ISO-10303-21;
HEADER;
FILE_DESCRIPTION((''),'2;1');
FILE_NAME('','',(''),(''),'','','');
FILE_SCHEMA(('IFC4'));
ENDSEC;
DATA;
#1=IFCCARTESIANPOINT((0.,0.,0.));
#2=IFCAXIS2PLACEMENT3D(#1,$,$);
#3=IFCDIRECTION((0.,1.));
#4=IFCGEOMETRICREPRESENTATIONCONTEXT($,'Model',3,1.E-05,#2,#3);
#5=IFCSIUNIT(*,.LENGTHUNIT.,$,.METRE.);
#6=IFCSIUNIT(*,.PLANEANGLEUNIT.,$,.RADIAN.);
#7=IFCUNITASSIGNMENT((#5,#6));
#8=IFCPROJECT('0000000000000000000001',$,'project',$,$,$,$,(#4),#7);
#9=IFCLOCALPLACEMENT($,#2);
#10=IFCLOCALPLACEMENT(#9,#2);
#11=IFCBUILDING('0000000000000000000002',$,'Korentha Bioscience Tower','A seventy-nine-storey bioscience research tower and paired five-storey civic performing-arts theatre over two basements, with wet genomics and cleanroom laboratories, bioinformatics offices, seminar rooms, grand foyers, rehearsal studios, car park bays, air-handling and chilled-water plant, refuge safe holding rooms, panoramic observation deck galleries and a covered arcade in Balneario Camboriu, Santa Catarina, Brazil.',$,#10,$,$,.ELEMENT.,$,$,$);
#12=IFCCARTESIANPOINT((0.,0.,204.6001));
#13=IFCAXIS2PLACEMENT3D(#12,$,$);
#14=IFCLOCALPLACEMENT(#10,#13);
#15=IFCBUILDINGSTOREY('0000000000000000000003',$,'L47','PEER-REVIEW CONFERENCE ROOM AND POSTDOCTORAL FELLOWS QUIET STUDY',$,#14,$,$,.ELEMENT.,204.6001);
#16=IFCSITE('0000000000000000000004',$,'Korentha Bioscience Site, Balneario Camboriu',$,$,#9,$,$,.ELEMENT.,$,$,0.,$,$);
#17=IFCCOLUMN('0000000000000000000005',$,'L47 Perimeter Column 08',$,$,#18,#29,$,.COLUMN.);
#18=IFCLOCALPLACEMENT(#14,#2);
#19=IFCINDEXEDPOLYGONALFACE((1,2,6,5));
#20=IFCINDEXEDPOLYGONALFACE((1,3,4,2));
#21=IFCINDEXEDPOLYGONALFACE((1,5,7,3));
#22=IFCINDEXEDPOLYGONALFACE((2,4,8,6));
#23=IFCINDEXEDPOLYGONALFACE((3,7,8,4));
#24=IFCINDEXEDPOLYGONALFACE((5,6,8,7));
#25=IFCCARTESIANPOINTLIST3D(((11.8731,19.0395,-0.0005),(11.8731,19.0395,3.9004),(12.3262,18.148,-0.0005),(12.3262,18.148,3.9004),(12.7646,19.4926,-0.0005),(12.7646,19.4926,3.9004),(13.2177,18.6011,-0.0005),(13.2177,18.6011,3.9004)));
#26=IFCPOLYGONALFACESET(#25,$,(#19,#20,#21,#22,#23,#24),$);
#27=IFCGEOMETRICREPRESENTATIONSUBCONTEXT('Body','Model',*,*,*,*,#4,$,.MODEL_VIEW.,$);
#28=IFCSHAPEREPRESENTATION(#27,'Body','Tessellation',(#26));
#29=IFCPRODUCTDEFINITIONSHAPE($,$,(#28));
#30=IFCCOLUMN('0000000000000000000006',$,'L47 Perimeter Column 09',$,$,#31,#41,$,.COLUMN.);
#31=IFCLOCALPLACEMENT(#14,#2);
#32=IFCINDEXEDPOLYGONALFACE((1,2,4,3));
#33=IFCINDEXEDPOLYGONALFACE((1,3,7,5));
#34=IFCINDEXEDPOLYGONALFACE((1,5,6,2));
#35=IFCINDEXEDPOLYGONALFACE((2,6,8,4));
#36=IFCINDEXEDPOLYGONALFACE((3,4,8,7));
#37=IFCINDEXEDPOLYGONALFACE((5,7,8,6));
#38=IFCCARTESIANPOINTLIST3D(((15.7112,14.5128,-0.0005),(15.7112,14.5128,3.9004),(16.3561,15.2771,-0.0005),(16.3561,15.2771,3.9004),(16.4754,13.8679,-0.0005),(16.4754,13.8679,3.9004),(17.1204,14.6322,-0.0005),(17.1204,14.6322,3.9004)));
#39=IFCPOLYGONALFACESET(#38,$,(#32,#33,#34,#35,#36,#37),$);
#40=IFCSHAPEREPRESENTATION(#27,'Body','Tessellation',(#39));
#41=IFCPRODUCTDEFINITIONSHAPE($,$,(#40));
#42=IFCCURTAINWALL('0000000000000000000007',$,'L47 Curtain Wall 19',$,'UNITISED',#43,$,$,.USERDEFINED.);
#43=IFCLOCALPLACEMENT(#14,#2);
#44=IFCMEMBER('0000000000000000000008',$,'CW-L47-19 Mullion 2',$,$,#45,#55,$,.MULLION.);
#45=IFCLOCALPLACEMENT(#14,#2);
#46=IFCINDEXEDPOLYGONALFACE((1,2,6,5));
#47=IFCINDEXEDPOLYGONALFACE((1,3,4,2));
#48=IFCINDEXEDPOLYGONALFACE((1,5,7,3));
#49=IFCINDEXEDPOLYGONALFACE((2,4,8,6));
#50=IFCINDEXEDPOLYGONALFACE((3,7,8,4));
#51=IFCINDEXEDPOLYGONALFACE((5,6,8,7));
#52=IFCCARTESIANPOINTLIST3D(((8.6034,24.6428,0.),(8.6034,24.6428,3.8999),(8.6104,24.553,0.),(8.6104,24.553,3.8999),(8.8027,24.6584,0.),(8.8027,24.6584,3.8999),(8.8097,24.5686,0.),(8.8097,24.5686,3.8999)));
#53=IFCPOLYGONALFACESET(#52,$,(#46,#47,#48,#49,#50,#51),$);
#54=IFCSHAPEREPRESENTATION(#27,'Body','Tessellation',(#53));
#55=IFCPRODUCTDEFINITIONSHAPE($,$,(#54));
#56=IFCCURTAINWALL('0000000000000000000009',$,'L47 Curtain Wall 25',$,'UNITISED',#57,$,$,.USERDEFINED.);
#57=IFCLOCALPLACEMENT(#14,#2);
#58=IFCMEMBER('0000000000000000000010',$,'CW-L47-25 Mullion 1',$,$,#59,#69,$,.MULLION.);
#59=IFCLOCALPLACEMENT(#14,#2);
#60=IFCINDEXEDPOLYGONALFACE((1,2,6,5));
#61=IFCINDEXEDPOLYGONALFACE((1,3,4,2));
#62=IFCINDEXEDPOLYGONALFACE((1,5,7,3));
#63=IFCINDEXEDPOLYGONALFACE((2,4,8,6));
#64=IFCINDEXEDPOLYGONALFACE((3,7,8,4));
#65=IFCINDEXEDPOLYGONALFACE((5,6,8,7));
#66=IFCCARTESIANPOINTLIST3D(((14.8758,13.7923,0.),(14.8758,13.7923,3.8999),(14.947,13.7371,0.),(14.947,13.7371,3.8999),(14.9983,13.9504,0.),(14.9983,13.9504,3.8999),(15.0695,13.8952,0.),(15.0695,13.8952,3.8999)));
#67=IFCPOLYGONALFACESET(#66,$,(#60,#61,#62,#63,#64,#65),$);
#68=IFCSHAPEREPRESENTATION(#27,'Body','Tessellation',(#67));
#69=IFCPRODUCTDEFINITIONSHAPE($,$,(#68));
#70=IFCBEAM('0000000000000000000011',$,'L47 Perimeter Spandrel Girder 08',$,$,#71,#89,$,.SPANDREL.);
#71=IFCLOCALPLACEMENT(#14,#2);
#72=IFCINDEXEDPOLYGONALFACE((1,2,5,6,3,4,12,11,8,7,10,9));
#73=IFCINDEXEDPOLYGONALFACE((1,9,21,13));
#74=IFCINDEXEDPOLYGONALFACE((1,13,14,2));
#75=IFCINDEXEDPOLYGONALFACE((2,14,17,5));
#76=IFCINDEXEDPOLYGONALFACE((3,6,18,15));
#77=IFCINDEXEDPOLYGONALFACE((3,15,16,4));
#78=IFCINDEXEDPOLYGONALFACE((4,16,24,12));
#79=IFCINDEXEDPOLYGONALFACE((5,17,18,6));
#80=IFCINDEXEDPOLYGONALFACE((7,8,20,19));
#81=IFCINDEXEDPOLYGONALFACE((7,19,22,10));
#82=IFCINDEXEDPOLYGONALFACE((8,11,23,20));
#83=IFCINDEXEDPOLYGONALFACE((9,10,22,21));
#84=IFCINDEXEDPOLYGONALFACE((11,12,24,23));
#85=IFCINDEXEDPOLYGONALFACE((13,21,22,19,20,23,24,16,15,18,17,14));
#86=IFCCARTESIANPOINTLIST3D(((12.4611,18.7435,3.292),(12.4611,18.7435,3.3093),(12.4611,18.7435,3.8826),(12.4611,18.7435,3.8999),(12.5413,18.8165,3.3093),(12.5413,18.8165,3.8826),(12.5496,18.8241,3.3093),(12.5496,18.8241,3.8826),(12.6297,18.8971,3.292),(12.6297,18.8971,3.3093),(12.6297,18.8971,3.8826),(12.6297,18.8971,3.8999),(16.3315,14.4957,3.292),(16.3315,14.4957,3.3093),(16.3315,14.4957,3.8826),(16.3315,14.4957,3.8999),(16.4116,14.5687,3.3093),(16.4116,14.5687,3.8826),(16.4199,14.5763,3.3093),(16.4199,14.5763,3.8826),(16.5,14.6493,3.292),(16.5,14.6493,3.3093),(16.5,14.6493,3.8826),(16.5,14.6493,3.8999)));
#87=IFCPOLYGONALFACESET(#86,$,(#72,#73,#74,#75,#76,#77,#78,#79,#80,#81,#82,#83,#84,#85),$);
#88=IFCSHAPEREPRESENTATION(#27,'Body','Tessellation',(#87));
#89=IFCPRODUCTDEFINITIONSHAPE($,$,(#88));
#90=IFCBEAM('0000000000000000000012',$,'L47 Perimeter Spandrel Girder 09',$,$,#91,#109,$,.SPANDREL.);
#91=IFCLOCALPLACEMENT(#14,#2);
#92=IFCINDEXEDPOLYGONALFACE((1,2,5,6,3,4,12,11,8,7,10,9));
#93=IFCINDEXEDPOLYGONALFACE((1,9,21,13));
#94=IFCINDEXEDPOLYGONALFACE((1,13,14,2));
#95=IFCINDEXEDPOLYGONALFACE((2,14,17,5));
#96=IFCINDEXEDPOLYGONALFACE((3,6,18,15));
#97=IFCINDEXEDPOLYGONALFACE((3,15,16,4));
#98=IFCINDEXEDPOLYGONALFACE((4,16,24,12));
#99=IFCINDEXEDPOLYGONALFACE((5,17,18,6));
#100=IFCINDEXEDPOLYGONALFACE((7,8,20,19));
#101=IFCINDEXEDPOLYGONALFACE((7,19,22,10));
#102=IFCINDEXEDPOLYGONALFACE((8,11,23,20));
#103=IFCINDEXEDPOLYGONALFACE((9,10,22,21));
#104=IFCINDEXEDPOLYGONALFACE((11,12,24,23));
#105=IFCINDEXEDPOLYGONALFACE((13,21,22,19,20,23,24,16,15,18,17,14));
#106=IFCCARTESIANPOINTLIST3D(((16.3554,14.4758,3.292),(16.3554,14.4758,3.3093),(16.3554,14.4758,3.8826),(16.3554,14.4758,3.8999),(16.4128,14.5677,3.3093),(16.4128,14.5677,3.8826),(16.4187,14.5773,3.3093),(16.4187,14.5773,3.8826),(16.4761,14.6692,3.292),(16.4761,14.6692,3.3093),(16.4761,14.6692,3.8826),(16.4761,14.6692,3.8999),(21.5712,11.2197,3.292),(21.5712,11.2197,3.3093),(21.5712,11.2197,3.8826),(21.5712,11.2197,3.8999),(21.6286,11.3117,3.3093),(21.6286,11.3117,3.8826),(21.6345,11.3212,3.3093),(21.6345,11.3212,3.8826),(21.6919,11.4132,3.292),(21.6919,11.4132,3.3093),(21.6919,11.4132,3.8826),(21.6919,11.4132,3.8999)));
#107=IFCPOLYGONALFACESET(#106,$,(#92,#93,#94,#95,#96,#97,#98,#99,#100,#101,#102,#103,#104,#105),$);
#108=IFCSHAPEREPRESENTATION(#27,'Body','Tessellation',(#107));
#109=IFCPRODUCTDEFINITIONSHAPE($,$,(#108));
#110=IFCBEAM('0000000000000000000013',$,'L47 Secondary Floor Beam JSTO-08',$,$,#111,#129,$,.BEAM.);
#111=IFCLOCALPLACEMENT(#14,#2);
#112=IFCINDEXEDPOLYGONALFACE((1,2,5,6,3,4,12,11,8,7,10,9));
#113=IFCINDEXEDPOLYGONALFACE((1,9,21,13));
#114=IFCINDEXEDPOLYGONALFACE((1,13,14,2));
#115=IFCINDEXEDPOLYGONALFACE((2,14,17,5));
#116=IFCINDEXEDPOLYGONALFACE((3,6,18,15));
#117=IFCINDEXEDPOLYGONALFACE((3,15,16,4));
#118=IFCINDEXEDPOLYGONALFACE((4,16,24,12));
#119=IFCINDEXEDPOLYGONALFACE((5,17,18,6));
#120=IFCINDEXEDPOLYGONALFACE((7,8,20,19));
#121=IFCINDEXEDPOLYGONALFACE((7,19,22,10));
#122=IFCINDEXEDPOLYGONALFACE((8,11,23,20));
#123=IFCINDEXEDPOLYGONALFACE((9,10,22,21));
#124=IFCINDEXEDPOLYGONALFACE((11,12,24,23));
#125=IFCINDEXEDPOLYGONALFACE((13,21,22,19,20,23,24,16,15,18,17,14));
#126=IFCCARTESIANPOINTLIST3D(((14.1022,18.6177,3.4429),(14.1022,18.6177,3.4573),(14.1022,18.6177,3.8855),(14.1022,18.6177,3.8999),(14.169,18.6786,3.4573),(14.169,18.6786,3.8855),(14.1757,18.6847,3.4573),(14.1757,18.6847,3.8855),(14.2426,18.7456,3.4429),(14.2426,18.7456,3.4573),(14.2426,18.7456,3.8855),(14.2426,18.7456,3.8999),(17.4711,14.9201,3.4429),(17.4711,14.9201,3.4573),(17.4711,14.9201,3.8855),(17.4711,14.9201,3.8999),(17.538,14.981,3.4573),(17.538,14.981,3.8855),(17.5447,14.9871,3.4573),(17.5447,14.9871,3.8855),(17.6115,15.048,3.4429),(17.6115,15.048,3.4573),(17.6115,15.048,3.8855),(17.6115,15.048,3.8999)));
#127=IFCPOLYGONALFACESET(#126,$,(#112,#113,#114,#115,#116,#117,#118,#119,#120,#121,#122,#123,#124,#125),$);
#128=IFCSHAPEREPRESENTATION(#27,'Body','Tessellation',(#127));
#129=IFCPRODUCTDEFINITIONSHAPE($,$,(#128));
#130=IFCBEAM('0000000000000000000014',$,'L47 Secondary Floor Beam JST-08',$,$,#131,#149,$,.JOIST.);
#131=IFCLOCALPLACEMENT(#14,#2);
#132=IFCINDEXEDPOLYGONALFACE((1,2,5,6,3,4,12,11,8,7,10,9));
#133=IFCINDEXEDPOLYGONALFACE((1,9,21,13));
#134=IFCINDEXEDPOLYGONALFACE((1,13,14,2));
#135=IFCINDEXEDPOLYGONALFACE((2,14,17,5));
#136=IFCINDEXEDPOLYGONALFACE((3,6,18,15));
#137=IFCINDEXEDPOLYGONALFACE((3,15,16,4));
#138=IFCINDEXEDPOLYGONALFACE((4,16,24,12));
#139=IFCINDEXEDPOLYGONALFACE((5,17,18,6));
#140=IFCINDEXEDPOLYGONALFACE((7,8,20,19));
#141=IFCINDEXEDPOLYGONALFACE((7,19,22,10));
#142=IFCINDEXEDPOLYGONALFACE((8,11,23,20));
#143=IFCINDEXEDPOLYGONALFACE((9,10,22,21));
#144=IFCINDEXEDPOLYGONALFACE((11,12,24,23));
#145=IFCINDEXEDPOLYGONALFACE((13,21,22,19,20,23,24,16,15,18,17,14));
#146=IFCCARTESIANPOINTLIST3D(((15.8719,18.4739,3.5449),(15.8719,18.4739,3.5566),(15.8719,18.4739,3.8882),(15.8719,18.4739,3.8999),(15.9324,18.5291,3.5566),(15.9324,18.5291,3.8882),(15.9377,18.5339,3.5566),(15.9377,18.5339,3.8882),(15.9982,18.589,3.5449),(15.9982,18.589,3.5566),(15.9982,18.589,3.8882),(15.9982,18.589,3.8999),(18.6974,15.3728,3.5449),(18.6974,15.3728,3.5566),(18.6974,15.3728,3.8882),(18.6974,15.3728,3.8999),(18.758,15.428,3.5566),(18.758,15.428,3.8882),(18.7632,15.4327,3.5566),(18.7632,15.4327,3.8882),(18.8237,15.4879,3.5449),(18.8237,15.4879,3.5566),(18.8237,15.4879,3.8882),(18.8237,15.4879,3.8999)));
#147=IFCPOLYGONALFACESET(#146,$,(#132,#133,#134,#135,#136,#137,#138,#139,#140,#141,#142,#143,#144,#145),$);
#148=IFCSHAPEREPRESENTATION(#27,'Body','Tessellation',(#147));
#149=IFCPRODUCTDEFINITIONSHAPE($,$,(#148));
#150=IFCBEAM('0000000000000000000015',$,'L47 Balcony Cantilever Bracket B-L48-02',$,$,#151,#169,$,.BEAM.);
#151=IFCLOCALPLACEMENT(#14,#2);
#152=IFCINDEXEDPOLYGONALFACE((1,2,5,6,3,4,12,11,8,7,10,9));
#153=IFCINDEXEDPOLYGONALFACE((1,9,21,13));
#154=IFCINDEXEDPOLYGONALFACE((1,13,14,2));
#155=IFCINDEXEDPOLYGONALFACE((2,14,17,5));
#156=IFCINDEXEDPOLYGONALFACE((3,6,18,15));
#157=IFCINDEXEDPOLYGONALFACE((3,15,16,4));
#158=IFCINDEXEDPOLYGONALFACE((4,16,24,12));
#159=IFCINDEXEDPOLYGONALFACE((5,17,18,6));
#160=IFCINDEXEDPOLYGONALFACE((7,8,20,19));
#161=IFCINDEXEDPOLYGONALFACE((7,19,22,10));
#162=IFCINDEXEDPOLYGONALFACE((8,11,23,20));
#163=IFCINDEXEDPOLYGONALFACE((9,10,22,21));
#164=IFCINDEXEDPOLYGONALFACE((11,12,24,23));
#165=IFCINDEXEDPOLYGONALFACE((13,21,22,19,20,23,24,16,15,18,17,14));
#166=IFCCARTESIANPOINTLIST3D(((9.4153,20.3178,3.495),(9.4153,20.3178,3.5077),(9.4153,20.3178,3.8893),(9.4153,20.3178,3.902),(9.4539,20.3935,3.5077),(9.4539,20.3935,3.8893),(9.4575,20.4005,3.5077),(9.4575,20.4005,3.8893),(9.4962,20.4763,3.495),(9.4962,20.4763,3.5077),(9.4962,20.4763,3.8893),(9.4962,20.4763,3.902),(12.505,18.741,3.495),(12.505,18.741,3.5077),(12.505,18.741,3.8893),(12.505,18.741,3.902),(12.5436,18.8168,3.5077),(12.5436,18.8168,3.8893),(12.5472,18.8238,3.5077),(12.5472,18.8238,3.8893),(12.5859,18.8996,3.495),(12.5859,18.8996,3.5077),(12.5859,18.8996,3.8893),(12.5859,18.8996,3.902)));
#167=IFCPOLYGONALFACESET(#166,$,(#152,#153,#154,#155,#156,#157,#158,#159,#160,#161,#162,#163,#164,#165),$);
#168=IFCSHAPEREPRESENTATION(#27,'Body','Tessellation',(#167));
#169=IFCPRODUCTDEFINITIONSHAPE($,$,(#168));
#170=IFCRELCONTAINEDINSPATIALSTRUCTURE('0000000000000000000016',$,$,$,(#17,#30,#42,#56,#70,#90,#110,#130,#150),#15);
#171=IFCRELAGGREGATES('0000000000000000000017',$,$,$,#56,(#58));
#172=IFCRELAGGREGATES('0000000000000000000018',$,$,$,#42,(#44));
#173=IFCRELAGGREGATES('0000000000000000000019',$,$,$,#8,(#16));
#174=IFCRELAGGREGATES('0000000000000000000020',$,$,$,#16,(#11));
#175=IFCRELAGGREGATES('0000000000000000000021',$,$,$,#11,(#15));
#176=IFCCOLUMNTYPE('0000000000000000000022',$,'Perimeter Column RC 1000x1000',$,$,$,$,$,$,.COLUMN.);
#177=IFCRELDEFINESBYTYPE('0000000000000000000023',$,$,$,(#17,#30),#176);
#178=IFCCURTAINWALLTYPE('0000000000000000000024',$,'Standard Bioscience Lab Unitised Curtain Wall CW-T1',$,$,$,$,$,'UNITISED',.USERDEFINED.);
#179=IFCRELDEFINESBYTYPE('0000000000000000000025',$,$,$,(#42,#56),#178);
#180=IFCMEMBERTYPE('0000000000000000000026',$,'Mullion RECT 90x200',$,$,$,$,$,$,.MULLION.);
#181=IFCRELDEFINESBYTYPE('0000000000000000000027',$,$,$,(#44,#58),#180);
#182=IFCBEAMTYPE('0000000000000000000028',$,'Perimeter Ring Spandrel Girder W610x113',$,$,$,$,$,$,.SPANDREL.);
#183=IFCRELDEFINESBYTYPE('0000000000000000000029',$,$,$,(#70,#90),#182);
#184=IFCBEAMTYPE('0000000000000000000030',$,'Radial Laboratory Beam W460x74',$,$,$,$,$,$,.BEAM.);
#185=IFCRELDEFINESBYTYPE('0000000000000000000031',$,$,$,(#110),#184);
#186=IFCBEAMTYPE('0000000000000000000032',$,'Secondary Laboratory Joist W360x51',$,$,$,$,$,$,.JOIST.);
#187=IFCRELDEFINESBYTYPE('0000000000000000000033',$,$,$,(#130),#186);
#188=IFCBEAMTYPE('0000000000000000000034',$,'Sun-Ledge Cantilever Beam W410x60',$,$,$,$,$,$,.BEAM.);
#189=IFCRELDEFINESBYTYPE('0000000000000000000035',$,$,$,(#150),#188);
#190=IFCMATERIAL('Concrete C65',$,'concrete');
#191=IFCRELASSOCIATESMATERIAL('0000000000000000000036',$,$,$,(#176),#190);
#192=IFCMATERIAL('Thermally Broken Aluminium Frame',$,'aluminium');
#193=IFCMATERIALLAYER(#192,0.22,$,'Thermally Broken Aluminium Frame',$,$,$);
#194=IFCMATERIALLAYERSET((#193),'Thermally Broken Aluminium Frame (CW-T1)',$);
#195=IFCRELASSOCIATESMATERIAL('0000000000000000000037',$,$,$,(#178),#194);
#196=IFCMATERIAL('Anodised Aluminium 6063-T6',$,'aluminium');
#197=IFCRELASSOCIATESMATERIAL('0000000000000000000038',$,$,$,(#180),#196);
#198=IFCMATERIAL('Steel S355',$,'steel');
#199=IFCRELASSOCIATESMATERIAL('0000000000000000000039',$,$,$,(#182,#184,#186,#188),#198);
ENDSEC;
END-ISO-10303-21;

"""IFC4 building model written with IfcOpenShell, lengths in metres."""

from ifc_helpers import new_model, si_unit, direction, frame, origin, origin_2d, place, context, subcontext, project, spatial, rectangle, i_section, extrude, material, layer, layer_set, material_profile, profile_set, type_object, element, aggregate, save


model = new_model("IFC4")

# Units and contexts
model_context = context("Model", 3, precision=1e-05, world=origin(), true_north=direction((0.0, 1.0)))
body_context = subcontext(model_context, "Body", "Model", "MODEL_VIEW")
ifc_project = project(units=[si_unit("LENGTHUNIT", "METRE"), si_unit("PLANEANGLEUNIT", "RADIAN")], contexts=[model_context])

# Site, building, storey
site_placement = place(None, origin())
site = spatial("IfcSite", under=ifc_project, at=site_placement, Name="Korentha Bioscience Site, Balneario Camboriu", CompositionType="ELEMENT", RefElevation=0.0)
building_placement = place(site_placement, origin())
building = spatial("IfcBuilding", under=site, at=building_placement, Name="Korentha Bioscience Tower", Description="A seventy-nine-storey bioscience research tower and paired five-storey civic performing-arts theatre over two basements, with wet genomics and cleanroom laboratories, bioinformatics offices, seminar rooms, grand foyers, rehearsal studios, car park bays, air-handling and chilled-water plant, refuge safe holding rooms, panoramic observation deck galleries and a covered arcade in Balneario Camboriu, Santa Catarina, Brazil.", CompositionType="ELEMENT")
storey_placement = place(building_placement, frame((0.0, 0.0, 204.6001)))
storey = spatial("IfcBuildingStorey", under=building, at=storey_placement, Name="L47", Description="PEER-REVIEW CONFERENCE ROOM AND POSTDOCTORAL FELLOWS QUIET STUDY", CompositionType="ELEMENT", Elevation=204.6001)

# Columns
ifc_material_1 = material(Name="Concrete C65", Category="concrete")
ifc_material_profile_1 = material_profile(ifc_material_1, rectangle(XDim=1.0, YDim=1.0, at=origin_2d()), Name="Concrete C65")
ifc_profile_set_1 = profile_set([ifc_material_profile_1], Name="Concrete C65 (COL-P10)")
column_type = type_object("IfcColumnType", Name="Perimeter Column RC 1000x1000", PredefinedType="COLUMN", material=ifc_profile_set_1)
for number, where, z_axis, x_axis, name in (
    (1, (12.5454, 18.8203, -0.0005), (0.0, 0.0, 1.0), (-0.453057, 0.891481, 0.0), "L47 Perimeter Column 08"),
    (2, (16.4158, 14.5725, -0.0005), (0.0, 0.0, 1.0), (-0.764246, 0.644924, 0.0), "L47 Perimeter Column 09"),
):
    element("IfcColumn", number, at=place(storey_placement, frame(where, z_axis=z_axis, x_axis=x_axis)), inside=storey, type_object=column_type, Name=name, PredefinedType="COLUMN", context=body_context, shape_type="SweptSolid", body=[
        extrude(rectangle(XDim=1.0, YDim=1.0, at=origin_2d()), origin(), (0.0, 0.0, 1.0), 3.9009),
    ])

# Curtain walls, members
ifc_material_2 = material(Name="Thermally Broken Aluminium Frame", Category="aluminium")
ifc_layer_1 = layer(ifc_material_2, 0.22, Name="Thermally Broken Aluminium Frame")
ifc_layer_set_1 = layer_set([ifc_layer_1], Name="Thermally Broken Aluminium Frame (CW-T1)")
curtain_wall_type = type_object("IfcCurtainWallType", Name="Standard Bioscience Lab Unitised Curtain Wall CW-T1", ElementType="UNITISED", PredefinedType="USERDEFINED", material=ifc_layer_set_1)
curtain_wall_1_placement = place(storey_placement, origin())
curtain_wall_1 = element("IfcCurtainWall", 3, at=curtain_wall_1_placement, inside=storey, type_object=curtain_wall_type, Name="L47 Curtain Wall 19", ObjectType="UNITISED", PredefinedType="USERDEFINED")
ifc_material_3 = material(Name="Anodised Aluminium 6063-T6", Category="aluminium")
ifc_material_profile_2 = material_profile(ifc_material_3, rectangle(XDim=0.0901, YDim=0.2, at=origin_2d()), Name="Anodised Aluminium 6063-T6")
ifc_profile_set_2 = profile_set([ifc_material_profile_2], Name="Anodised Aluminium 6063-T6 (CW-MUL)")
member_type_1 = type_object("IfcMemberType", Name="Mullion RECT 90x200", PredefinedType="MULLION", material=ifc_profile_set_2)
member_1_placement = place(storey_placement, frame((8.7065, 24.6057, 0.0), z_axis=(0.0, 0.0, 1.0), x_axis=(0.077988, -0.996954, 0.0)))
member_1 = element("IfcMember", 4, at=member_1_placement, type_object=member_type_1, Name="CW-L47-19 Mullion 2", PredefinedType="MULLION", context=body_context, shape_type="SweptSolid", body=[
    extrude(rectangle(XDim=0.0901, YDim=0.2, at=origin_2d()), origin(), (0.0, 0.0, 1.0), 3.8999),
])
curtain_wall_2_placement = place(storey_placement, origin())
curtain_wall_2 = element("IfcCurtainWall", 5, at=curtain_wall_2_placement, inside=storey, type_object=curtain_wall_type, Name="L47 Curtain Wall 25", ObjectType="UNITISED", PredefinedType="USERDEFINED")
member_2_placement = place(storey_placement, frame((14.9727, 13.8438, 0.0), z_axis=(0.0, 0.0, 1.0), x_axis=(0.790346, -0.612661, 0.0)))
member_2 = element("IfcMember", 6, at=member_2_placement, type_object=member_type_1, Name="CW-L47-25 Mullion 1", PredefinedType="MULLION", context=body_context, shape_type="SweptSolid", body=[
    extrude(rectangle(XDim=0.0901, YDim=0.2, at=origin_2d()), origin(), (0.0, 0.0, 1.0), 3.8999),
])

# Beams
ifc_material_4 = material(Name="Steel S355", Category="steel")
ifc_material_profile_3 = material_profile(ifc_material_4, i_section(OverallWidth=0.228, OverallDepth=0.6079, WebThickness=0.0112, FlangeThickness=0.0173, at=origin_2d()), Name="Steel S355")
ifc_profile_set_3 = profile_set([ifc_material_profile_3], Name="Steel S355 (SB-610)")
beam_type_1 = type_object("IfcBeamType", Name="Perimeter Ring Spandrel Girder W610x113", PredefinedType="SPANDREL", material=ifc_profile_set_3)
beam_1_placement = place(storey_placement, frame((12.5454, 18.8203, 3.5959), z_axis=(0.673503, -0.739184, 0.0), x_axis=(0.739184, 0.673503, 0.0)))
element("IfcBeam", 7, at=beam_1_placement, inside=storey, type_object=beam_type_1, Name="L47 Perimeter Spandrel Girder 08", PredefinedType="SPANDREL", context=body_context, shape_type="SweptSolid", body=[
    extrude(i_section(OverallWidth=0.228, OverallDepth=0.6079, WebThickness=0.0112, FlangeThickness=0.0173, at=origin_2d()), origin(), (0.0, 0.0, 1.0), 5.7466),
])
beam_2_placement = place(storey_placement, frame((16.4158, 14.5725, 3.5959), z_axis=(0.848275, -0.529556, 0.0), x_axis=(0.529556, 0.848275, 0.0)))
element("IfcBeam", 8, at=beam_2_placement, inside=storey, type_object=beam_type_1, Name="L47 Perimeter Spandrel Girder 09", PredefinedType="SPANDREL", context=body_context, shape_type="SweptSolid", body=[
    extrude(i_section(OverallWidth=0.228, OverallDepth=0.6079, WebThickness=0.0112, FlangeThickness=0.0173, at=origin_2d()), origin(), (0.0, 0.0, 1.0), 6.1487),
])
ifc_material_profile_4 = material_profile(ifc_material_4, i_section(OverallWidth=0.1899, OverallDepth=0.457, WebThickness=0.009, FlangeThickness=0.0144, at=origin_2d()), Name="Steel S355")
ifc_profile_set_4 = profile_set([ifc_material_profile_4], Name="Steel S355 (RB-460)")
beam_type_2 = type_object("IfcBeamType", Name="Radial Laboratory Beam W460x74", PredefinedType="BEAM", material=ifc_profile_set_4)
beam_3_placement = place(storey_placement, frame((14.1724, 18.6816, 3.6714), z_axis=(0.673496, -0.739191, 0.0), x_axis=(0.739191, 0.673496, 0.0)))
element("IfcBeam", 9, at=beam_3_placement, inside=storey, type_object=beam_type_2, Name="L47 Secondary Floor Beam JSTO-08", PredefinedType="BEAM", context=body_context, shape_type="SweptSolid", body=[
    extrude(i_section(OverallWidth=0.1899, OverallDepth=0.457, WebThickness=0.009, FlangeThickness=0.0144, at=origin_2d()), origin(), (0.0, 0.0, 1.0), 5.0022),
])
ifc_material_profile_5 = material_profile(ifc_material_4, i_section(OverallWidth=0.1709, OverallDepth=0.355, WebThickness=0.0071, FlangeThickness=0.0117, at=origin_2d()), Name="Steel S355")
ifc_profile_set_5 = profile_set([ifc_material_profile_5], Name="Steel S355 (JB-360)")
beam_type_3 = type_object("IfcBeamType", Name="Secondary Laboratory Joist W360x51", PredefinedType="JOIST", material=ifc_profile_set_5)
beam_4_placement = place(storey_placement, frame((15.9351, 18.5315, 3.7224), z_axis=(0.673492, -0.739194, 0.0), x_axis=(0.739194, 0.673492, 0.0)))
element("IfcBeam", 10, at=beam_4_placement, inside=storey, type_object=beam_type_3, Name="L47 Secondary Floor Beam JST-08", PredefinedType="JOIST", context=body_context, shape_type="SweptSolid", body=[
    extrude(i_section(OverallWidth=0.1709, OverallDepth=0.355, WebThickness=0.0071, FlangeThickness=0.0117, at=origin_2d()), origin(), (0.0, 0.0, 1.0), 4.1953),
])
ifc_material_profile_6 = material_profile(ifc_material_4, i_section(OverallWidth=0.178, OverallDepth=0.407, WebThickness=0.0078, FlangeThickness=0.0127, at=origin_2d()), Name="Steel S355")
ifc_profile_set_6 = profile_set([ifc_material_profile_6], Name="Steel S355 (CB-410)")
beam_type_4 = type_object("IfcBeamType", Name="Sun-Ledge Cantilever Beam W410x60", PredefinedType="BEAM", material=ifc_profile_set_6)
beam_5_placement = place(storey_placement, frame((12.5454, 18.8203, 3.6985), z_axis=(-0.890723, 0.454547, 0.0), x_axis=(-0.454547, -0.890723, 0.0)))
element("IfcBeam", 11, at=beam_5_placement, inside=storey, type_object=beam_type_4, Name="L47 Balcony Cantilever Bracket B-L48-02", PredefinedType="BEAM", context=body_context, shape_type="SweptSolid", body=[
    extrude(i_section(OverallWidth=0.178, OverallDepth=0.407, WebThickness=0.0078, FlangeThickness=0.0127, at=origin_2d()), origin(), (0.0, 0.0, 1.0), 3.4688),
])

aggregate(curtain_wall_2, [member_2])

aggregate(curtain_wall_1, [member_1])

save(model, "model.ifc")
